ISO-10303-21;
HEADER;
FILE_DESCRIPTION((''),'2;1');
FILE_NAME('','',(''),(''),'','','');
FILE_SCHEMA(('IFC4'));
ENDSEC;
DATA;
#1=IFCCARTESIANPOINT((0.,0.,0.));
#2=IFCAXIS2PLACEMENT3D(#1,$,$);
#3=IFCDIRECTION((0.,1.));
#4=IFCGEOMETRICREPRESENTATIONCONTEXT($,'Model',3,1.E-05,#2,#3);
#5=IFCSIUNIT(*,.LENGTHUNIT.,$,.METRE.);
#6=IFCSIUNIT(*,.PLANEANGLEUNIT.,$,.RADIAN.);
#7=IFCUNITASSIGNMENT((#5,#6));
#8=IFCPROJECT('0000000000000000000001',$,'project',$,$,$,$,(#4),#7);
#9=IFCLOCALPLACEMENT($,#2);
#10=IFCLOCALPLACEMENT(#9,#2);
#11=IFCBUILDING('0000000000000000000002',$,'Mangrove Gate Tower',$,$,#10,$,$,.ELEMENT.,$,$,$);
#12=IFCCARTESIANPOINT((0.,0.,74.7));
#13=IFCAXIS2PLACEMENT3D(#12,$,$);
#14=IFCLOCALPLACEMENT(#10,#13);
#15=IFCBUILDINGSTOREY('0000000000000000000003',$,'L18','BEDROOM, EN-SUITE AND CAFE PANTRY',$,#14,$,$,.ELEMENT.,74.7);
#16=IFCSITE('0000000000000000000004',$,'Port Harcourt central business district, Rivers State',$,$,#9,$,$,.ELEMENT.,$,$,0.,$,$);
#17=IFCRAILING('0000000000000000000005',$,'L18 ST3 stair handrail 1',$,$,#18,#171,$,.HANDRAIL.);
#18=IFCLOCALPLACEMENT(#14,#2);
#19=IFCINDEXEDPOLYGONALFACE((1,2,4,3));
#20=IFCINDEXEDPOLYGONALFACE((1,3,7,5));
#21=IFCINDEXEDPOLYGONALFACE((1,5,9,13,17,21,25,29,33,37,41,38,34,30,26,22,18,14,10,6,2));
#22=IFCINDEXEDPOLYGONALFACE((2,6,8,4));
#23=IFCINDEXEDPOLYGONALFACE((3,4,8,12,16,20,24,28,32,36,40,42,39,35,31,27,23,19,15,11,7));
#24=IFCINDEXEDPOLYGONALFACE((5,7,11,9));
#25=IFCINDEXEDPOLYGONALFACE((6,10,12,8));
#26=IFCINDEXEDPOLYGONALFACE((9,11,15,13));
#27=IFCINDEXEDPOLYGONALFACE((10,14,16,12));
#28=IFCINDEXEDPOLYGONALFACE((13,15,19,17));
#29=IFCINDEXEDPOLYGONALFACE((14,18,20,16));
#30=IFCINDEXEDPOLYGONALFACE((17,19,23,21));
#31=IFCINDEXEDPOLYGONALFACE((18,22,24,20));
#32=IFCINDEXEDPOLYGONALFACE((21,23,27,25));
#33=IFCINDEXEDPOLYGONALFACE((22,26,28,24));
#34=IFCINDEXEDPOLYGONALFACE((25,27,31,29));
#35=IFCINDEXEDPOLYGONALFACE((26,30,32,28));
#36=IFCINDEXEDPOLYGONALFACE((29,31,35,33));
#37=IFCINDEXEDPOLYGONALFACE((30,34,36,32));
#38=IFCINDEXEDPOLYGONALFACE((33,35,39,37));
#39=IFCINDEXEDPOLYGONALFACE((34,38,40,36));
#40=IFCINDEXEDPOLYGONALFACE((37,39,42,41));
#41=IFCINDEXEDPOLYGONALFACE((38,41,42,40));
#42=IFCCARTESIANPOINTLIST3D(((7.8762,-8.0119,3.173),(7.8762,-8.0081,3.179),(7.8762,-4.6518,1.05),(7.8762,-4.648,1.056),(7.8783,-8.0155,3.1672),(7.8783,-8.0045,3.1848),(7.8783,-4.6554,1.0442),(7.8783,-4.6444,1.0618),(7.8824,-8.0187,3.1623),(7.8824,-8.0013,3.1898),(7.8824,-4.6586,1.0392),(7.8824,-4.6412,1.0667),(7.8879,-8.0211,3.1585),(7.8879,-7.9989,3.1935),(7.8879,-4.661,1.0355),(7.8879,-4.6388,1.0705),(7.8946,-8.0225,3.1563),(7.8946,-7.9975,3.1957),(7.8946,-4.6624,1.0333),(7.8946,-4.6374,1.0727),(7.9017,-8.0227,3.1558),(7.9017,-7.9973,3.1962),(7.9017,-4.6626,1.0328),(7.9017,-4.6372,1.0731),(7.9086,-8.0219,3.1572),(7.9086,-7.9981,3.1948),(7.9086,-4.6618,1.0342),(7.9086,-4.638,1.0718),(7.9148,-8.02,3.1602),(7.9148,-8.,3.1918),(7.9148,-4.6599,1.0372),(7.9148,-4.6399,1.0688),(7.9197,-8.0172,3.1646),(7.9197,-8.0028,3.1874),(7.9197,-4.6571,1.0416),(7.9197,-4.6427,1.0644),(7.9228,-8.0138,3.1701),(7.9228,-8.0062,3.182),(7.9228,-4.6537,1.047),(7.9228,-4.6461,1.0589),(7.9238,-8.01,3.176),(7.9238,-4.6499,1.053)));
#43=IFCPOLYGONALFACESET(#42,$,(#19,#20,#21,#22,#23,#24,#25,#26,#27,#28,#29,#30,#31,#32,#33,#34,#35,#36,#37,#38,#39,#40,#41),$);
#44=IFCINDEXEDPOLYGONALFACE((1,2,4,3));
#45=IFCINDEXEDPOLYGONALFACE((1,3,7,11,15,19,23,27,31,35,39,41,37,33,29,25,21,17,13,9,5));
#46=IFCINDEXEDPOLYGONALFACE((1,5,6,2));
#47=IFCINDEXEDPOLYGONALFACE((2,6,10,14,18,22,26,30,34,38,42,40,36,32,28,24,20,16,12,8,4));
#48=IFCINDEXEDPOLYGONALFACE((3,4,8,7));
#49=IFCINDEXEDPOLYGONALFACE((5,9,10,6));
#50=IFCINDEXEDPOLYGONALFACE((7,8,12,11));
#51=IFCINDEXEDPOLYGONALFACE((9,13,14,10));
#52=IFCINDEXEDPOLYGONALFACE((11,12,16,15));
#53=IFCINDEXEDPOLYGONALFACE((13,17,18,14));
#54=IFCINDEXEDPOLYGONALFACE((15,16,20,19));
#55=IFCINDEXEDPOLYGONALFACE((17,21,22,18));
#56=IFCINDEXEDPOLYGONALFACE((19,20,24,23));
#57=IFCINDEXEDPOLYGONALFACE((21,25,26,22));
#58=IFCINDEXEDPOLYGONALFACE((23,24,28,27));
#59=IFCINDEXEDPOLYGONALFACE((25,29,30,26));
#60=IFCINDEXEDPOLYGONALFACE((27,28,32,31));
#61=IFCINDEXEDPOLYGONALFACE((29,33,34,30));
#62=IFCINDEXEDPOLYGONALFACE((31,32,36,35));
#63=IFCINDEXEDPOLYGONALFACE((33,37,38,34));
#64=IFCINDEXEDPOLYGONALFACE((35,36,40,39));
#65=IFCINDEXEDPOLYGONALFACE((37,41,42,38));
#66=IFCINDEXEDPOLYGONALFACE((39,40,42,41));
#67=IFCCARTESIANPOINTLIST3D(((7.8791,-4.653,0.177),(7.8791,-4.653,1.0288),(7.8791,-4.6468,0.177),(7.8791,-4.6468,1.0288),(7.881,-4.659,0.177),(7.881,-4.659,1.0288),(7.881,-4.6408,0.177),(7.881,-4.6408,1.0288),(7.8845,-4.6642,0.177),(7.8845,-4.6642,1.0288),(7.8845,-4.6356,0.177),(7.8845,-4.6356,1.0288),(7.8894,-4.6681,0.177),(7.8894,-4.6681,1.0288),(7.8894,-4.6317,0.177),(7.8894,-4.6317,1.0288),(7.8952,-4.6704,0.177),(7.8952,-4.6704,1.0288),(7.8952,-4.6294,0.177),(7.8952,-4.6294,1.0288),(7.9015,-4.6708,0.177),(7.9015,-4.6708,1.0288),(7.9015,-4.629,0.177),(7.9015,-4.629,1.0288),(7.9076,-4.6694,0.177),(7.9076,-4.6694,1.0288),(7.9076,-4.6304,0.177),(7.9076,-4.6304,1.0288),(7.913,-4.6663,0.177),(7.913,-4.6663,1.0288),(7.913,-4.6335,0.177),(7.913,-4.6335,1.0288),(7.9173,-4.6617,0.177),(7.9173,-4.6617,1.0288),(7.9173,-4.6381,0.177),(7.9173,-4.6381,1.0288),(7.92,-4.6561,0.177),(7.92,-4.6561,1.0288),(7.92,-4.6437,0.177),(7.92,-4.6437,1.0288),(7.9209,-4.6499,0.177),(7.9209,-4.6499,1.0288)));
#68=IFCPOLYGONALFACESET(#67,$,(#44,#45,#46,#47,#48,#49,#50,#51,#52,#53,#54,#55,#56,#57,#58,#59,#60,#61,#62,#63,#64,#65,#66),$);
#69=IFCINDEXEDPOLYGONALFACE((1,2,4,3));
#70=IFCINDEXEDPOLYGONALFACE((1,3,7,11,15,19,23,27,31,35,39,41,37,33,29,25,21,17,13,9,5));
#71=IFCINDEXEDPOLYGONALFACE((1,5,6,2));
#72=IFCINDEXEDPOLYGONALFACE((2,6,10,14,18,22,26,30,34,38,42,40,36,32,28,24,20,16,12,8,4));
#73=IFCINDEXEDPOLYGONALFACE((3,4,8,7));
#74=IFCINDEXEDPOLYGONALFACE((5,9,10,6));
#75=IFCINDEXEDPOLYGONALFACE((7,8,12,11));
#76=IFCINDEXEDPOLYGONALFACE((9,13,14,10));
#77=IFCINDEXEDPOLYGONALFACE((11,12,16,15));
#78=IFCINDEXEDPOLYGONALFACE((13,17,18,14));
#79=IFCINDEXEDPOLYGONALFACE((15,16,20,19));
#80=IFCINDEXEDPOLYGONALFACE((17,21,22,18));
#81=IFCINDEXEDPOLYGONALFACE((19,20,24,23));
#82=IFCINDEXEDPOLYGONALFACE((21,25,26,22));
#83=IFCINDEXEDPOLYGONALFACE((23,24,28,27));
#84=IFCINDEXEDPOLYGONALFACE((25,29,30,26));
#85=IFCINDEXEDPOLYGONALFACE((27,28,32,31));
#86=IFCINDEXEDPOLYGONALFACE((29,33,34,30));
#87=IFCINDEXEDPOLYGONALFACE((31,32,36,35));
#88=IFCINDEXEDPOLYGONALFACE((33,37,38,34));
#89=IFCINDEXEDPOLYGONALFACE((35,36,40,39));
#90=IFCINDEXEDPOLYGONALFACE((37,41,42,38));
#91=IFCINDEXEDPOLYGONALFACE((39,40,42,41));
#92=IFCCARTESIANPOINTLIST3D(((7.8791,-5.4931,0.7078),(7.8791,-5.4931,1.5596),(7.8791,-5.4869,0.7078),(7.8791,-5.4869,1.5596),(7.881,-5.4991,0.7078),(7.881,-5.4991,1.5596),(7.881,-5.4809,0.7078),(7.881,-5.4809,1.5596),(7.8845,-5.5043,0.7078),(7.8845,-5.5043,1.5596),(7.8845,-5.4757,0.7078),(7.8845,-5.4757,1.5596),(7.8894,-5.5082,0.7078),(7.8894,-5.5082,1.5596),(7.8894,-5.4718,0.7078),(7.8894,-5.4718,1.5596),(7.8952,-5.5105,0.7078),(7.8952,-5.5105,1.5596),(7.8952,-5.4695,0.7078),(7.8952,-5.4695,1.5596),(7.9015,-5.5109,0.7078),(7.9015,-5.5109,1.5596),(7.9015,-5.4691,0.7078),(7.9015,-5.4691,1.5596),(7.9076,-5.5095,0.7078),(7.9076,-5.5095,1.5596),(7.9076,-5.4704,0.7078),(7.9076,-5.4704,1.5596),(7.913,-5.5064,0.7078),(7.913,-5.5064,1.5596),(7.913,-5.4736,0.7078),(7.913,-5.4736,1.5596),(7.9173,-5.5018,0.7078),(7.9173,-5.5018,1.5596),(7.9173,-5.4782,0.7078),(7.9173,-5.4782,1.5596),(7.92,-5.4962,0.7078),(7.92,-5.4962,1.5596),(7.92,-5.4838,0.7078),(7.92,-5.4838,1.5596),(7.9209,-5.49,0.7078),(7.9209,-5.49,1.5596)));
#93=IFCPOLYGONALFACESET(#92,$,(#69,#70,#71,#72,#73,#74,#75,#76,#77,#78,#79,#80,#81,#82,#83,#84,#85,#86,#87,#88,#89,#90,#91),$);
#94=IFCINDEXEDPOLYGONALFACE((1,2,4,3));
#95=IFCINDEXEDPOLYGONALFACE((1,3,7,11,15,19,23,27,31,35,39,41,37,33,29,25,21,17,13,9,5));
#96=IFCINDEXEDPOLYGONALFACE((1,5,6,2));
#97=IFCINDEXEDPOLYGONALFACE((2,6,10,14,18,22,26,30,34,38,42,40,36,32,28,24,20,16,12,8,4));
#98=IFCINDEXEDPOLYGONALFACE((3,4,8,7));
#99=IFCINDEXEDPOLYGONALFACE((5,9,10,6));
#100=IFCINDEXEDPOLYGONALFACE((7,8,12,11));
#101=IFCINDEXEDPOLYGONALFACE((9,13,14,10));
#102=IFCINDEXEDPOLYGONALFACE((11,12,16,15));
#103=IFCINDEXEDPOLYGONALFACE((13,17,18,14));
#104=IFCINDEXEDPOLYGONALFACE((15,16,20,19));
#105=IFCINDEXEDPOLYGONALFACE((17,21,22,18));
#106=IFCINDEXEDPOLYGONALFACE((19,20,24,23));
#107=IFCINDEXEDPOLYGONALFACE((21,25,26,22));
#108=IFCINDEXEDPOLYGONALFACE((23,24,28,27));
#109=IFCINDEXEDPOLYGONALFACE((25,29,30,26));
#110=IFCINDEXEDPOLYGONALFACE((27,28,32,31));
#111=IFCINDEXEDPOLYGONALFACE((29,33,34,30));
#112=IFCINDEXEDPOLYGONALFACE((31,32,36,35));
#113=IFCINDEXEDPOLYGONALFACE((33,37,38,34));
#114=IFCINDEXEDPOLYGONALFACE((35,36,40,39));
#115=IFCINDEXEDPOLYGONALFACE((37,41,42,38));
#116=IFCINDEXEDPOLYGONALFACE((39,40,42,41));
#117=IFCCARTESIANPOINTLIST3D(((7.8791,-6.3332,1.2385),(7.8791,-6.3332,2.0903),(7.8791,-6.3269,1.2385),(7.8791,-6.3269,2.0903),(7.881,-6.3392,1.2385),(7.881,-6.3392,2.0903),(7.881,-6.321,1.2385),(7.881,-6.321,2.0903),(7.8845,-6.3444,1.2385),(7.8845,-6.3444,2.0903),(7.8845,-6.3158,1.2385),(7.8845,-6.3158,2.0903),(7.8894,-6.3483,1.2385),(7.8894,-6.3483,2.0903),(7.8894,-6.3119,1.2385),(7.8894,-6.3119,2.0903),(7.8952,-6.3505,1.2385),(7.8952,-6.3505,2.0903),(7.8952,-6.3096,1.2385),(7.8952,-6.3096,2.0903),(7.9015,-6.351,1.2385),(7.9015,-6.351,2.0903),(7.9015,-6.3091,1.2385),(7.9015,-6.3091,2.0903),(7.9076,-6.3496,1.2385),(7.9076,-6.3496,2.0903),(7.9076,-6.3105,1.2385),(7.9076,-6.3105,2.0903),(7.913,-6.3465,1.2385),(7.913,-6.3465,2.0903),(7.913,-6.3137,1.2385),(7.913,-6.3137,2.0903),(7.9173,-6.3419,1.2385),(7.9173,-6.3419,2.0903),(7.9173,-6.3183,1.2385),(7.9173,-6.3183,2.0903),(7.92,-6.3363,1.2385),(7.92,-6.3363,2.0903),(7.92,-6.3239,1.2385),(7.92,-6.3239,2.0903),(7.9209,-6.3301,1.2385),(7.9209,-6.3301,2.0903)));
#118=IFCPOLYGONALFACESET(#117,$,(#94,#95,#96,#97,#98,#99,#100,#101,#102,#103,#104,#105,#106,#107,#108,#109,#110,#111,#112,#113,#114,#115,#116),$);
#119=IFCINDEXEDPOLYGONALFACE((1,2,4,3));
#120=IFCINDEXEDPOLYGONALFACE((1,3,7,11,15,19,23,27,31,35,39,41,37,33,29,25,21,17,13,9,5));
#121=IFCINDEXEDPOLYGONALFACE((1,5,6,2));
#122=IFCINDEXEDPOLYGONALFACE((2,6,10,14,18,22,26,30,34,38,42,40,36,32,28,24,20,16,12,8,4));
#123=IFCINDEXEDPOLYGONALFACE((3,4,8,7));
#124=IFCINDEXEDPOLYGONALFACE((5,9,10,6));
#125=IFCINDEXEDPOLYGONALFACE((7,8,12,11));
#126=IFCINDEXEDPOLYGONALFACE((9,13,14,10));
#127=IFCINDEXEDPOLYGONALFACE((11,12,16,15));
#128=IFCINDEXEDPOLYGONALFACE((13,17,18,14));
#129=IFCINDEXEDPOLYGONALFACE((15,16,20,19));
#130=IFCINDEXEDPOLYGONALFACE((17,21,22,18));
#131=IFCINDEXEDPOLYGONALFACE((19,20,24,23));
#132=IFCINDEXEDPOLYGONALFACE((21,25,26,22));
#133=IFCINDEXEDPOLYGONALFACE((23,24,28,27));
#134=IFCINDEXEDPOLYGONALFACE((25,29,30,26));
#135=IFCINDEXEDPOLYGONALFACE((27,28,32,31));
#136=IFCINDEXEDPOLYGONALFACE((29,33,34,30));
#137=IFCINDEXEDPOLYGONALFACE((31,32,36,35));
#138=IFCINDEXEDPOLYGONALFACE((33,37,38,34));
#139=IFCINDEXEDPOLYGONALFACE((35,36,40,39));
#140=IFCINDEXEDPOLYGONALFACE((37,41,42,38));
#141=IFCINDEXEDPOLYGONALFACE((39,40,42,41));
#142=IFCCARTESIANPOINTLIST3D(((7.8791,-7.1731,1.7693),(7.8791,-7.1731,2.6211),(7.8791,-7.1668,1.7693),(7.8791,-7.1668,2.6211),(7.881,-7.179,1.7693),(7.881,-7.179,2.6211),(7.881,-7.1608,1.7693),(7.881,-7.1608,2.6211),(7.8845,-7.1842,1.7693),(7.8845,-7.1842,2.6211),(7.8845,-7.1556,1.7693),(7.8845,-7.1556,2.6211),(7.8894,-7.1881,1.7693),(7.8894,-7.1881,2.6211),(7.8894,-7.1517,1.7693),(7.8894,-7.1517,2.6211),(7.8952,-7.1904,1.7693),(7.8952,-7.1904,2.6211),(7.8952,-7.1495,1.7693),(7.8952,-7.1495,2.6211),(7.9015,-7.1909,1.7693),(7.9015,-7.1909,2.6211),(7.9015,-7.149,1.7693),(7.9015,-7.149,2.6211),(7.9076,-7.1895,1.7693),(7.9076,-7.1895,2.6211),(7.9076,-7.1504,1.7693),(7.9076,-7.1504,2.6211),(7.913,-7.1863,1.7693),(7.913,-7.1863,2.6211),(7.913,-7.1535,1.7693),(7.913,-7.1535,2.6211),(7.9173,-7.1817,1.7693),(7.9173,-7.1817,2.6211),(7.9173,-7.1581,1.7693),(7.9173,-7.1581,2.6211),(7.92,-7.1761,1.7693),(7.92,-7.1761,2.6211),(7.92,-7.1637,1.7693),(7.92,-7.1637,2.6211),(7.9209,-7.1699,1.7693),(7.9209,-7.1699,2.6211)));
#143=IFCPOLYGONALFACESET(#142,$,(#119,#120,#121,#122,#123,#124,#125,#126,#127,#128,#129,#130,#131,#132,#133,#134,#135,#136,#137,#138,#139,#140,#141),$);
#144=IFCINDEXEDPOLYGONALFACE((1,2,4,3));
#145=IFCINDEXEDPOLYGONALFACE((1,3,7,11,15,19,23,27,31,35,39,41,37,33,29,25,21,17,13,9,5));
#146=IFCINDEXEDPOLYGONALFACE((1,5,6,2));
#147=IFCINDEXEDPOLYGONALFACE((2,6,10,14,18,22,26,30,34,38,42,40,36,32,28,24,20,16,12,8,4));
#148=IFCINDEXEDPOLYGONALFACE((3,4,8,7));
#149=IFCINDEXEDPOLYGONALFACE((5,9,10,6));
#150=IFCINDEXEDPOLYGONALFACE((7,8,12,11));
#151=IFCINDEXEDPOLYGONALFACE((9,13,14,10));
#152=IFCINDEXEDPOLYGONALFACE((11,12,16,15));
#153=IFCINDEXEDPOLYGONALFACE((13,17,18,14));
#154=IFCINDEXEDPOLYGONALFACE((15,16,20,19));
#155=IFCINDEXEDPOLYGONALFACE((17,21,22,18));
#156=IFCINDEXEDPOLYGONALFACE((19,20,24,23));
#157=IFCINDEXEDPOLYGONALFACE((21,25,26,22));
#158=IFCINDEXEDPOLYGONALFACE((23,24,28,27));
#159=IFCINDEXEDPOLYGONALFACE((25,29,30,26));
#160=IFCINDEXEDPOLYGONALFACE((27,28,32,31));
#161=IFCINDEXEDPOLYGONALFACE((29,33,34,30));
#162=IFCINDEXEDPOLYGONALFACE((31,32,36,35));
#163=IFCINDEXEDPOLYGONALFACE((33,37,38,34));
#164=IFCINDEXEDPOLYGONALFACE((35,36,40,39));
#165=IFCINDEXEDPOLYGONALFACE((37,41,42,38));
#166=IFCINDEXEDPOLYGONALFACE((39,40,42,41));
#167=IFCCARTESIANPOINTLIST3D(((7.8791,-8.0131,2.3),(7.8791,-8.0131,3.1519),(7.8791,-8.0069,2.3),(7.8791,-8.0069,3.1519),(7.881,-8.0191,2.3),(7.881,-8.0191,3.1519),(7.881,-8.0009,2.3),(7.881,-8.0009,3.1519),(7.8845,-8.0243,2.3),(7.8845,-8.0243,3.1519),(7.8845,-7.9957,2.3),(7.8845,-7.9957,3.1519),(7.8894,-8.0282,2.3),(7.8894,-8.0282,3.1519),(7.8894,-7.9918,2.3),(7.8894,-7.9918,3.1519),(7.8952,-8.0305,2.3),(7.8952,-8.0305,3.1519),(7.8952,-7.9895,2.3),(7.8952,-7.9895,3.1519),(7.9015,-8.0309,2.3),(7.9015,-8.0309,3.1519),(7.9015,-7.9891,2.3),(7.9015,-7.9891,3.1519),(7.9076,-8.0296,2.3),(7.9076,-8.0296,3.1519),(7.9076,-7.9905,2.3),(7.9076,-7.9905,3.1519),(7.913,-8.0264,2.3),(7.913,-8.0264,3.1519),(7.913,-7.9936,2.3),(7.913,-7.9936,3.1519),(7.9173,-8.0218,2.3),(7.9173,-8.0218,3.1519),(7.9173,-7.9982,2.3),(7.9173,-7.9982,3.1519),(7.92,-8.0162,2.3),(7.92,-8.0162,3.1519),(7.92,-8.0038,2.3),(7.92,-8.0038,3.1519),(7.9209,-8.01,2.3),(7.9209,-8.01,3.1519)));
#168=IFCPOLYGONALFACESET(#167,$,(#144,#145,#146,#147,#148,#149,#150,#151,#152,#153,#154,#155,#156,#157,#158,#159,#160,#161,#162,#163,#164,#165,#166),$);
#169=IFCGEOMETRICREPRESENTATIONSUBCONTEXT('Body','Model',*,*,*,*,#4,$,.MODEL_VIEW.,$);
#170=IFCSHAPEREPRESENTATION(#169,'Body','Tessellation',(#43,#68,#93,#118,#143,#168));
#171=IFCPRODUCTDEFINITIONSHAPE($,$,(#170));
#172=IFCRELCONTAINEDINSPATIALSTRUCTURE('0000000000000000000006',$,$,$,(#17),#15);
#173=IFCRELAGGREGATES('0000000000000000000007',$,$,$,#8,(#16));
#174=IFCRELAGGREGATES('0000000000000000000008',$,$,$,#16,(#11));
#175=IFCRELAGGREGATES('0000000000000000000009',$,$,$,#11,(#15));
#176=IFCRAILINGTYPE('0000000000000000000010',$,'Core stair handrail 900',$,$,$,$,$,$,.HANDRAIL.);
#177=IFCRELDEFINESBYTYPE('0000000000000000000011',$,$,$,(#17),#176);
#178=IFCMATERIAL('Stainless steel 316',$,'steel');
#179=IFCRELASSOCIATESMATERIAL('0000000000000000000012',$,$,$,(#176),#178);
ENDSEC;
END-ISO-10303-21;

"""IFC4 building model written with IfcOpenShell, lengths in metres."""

from ifc_helpers import new_model, si_unit, direction, frame, origin, origin_2d, place, context, subcontext, project, spatial, circle, extrude, material, type_object, element, save


model = new_model("IFC4")

# Units and contexts
model_context = context("Model", 3, precision=1e-05, world=origin(), true_north=direction((0.0, 1.0)))
body_context = subcontext(model_context, "Body", "Model", "MODEL_VIEW")
ifc_project = project(units=[si_unit("LENGTHUNIT", "METRE"), si_unit("PLANEANGLEUNIT", "RADIAN")], contexts=[model_context])

# Site, building, storey
site_placement = place(None, origin())
site = spatial("IfcSite", under=ifc_project, at=site_placement, Name="Port Harcourt central business district, Rivers State", CompositionType="ELEMENT", RefElevation=0.0)
building_placement = place(site_placement, origin())
building = spatial("IfcBuilding", under=site, at=building_placement, Name="Mangrove Gate Tower", CompositionType="ELEMENT")
storey_placement = place(building_placement, frame((0.0, 0.0, 74.7)))
storey = spatial("IfcBuildingStorey", under=building, at=storey_placement, Name="L18", Description="BEDROOM, EN-SUITE AND CAFE PANTRY", CompositionType="ELEMENT", Elevation=74.7)

# Railing
ifc_material_1 = material(Name="Stainless steel 316", Category="steel")
railing_type_1 = type_object("IfcRailingType", Name="Core stair handrail 900", PredefinedType="HANDRAIL", material=ifc_material_1)
railing_1_placement = place(storey_placement, frame((7.8999, -4.6499, 0.177)))
element("IfcRailing", 1, at=railing_1_placement, inside=storey, type_object=railing_type_1, Name="L18 ST3 stair handrail 1", PredefinedType="HANDRAIL", context=body_context, shape_type="SweptSolid", body=[
    extrude(circle(Radius=0.0239, at=origin_2d()), frame((0.0, 0.0, 0.876), z_axis=(0.0, -0.84539, 0.53415), x_axis=(1.0, 0.0, 0.0)), (0.0, 0.0, 1.0), 3.9746),
    extrude(circle(Radius=0.021, at=origin_2d()), origin(), (0.0, 0.0, 1.0), 0.8518),
    extrude(circle(Radius=0.021, at=origin_2d()), frame((0.0, -0.8401, 0.5308)), (0.0, 0.0, 1.0), 0.8518),
    extrude(circle(Radius=0.021, at=origin_2d()), frame((0.0, -1.6802, 1.0615)), (0.0, 0.0, 1.0), 0.8518),
    extrude(circle(Radius=0.021, at=origin_2d()), frame((0.0, -2.52, 1.5923)), (0.0, 0.0, 1.0), 0.8518),
    extrude(circle(Radius=0.021, at=origin_2d()), frame((0.0, -3.3601, 2.123)), (0.0, 0.0, 1.0), 0.8518),
])

save(model, "model.ifc")
